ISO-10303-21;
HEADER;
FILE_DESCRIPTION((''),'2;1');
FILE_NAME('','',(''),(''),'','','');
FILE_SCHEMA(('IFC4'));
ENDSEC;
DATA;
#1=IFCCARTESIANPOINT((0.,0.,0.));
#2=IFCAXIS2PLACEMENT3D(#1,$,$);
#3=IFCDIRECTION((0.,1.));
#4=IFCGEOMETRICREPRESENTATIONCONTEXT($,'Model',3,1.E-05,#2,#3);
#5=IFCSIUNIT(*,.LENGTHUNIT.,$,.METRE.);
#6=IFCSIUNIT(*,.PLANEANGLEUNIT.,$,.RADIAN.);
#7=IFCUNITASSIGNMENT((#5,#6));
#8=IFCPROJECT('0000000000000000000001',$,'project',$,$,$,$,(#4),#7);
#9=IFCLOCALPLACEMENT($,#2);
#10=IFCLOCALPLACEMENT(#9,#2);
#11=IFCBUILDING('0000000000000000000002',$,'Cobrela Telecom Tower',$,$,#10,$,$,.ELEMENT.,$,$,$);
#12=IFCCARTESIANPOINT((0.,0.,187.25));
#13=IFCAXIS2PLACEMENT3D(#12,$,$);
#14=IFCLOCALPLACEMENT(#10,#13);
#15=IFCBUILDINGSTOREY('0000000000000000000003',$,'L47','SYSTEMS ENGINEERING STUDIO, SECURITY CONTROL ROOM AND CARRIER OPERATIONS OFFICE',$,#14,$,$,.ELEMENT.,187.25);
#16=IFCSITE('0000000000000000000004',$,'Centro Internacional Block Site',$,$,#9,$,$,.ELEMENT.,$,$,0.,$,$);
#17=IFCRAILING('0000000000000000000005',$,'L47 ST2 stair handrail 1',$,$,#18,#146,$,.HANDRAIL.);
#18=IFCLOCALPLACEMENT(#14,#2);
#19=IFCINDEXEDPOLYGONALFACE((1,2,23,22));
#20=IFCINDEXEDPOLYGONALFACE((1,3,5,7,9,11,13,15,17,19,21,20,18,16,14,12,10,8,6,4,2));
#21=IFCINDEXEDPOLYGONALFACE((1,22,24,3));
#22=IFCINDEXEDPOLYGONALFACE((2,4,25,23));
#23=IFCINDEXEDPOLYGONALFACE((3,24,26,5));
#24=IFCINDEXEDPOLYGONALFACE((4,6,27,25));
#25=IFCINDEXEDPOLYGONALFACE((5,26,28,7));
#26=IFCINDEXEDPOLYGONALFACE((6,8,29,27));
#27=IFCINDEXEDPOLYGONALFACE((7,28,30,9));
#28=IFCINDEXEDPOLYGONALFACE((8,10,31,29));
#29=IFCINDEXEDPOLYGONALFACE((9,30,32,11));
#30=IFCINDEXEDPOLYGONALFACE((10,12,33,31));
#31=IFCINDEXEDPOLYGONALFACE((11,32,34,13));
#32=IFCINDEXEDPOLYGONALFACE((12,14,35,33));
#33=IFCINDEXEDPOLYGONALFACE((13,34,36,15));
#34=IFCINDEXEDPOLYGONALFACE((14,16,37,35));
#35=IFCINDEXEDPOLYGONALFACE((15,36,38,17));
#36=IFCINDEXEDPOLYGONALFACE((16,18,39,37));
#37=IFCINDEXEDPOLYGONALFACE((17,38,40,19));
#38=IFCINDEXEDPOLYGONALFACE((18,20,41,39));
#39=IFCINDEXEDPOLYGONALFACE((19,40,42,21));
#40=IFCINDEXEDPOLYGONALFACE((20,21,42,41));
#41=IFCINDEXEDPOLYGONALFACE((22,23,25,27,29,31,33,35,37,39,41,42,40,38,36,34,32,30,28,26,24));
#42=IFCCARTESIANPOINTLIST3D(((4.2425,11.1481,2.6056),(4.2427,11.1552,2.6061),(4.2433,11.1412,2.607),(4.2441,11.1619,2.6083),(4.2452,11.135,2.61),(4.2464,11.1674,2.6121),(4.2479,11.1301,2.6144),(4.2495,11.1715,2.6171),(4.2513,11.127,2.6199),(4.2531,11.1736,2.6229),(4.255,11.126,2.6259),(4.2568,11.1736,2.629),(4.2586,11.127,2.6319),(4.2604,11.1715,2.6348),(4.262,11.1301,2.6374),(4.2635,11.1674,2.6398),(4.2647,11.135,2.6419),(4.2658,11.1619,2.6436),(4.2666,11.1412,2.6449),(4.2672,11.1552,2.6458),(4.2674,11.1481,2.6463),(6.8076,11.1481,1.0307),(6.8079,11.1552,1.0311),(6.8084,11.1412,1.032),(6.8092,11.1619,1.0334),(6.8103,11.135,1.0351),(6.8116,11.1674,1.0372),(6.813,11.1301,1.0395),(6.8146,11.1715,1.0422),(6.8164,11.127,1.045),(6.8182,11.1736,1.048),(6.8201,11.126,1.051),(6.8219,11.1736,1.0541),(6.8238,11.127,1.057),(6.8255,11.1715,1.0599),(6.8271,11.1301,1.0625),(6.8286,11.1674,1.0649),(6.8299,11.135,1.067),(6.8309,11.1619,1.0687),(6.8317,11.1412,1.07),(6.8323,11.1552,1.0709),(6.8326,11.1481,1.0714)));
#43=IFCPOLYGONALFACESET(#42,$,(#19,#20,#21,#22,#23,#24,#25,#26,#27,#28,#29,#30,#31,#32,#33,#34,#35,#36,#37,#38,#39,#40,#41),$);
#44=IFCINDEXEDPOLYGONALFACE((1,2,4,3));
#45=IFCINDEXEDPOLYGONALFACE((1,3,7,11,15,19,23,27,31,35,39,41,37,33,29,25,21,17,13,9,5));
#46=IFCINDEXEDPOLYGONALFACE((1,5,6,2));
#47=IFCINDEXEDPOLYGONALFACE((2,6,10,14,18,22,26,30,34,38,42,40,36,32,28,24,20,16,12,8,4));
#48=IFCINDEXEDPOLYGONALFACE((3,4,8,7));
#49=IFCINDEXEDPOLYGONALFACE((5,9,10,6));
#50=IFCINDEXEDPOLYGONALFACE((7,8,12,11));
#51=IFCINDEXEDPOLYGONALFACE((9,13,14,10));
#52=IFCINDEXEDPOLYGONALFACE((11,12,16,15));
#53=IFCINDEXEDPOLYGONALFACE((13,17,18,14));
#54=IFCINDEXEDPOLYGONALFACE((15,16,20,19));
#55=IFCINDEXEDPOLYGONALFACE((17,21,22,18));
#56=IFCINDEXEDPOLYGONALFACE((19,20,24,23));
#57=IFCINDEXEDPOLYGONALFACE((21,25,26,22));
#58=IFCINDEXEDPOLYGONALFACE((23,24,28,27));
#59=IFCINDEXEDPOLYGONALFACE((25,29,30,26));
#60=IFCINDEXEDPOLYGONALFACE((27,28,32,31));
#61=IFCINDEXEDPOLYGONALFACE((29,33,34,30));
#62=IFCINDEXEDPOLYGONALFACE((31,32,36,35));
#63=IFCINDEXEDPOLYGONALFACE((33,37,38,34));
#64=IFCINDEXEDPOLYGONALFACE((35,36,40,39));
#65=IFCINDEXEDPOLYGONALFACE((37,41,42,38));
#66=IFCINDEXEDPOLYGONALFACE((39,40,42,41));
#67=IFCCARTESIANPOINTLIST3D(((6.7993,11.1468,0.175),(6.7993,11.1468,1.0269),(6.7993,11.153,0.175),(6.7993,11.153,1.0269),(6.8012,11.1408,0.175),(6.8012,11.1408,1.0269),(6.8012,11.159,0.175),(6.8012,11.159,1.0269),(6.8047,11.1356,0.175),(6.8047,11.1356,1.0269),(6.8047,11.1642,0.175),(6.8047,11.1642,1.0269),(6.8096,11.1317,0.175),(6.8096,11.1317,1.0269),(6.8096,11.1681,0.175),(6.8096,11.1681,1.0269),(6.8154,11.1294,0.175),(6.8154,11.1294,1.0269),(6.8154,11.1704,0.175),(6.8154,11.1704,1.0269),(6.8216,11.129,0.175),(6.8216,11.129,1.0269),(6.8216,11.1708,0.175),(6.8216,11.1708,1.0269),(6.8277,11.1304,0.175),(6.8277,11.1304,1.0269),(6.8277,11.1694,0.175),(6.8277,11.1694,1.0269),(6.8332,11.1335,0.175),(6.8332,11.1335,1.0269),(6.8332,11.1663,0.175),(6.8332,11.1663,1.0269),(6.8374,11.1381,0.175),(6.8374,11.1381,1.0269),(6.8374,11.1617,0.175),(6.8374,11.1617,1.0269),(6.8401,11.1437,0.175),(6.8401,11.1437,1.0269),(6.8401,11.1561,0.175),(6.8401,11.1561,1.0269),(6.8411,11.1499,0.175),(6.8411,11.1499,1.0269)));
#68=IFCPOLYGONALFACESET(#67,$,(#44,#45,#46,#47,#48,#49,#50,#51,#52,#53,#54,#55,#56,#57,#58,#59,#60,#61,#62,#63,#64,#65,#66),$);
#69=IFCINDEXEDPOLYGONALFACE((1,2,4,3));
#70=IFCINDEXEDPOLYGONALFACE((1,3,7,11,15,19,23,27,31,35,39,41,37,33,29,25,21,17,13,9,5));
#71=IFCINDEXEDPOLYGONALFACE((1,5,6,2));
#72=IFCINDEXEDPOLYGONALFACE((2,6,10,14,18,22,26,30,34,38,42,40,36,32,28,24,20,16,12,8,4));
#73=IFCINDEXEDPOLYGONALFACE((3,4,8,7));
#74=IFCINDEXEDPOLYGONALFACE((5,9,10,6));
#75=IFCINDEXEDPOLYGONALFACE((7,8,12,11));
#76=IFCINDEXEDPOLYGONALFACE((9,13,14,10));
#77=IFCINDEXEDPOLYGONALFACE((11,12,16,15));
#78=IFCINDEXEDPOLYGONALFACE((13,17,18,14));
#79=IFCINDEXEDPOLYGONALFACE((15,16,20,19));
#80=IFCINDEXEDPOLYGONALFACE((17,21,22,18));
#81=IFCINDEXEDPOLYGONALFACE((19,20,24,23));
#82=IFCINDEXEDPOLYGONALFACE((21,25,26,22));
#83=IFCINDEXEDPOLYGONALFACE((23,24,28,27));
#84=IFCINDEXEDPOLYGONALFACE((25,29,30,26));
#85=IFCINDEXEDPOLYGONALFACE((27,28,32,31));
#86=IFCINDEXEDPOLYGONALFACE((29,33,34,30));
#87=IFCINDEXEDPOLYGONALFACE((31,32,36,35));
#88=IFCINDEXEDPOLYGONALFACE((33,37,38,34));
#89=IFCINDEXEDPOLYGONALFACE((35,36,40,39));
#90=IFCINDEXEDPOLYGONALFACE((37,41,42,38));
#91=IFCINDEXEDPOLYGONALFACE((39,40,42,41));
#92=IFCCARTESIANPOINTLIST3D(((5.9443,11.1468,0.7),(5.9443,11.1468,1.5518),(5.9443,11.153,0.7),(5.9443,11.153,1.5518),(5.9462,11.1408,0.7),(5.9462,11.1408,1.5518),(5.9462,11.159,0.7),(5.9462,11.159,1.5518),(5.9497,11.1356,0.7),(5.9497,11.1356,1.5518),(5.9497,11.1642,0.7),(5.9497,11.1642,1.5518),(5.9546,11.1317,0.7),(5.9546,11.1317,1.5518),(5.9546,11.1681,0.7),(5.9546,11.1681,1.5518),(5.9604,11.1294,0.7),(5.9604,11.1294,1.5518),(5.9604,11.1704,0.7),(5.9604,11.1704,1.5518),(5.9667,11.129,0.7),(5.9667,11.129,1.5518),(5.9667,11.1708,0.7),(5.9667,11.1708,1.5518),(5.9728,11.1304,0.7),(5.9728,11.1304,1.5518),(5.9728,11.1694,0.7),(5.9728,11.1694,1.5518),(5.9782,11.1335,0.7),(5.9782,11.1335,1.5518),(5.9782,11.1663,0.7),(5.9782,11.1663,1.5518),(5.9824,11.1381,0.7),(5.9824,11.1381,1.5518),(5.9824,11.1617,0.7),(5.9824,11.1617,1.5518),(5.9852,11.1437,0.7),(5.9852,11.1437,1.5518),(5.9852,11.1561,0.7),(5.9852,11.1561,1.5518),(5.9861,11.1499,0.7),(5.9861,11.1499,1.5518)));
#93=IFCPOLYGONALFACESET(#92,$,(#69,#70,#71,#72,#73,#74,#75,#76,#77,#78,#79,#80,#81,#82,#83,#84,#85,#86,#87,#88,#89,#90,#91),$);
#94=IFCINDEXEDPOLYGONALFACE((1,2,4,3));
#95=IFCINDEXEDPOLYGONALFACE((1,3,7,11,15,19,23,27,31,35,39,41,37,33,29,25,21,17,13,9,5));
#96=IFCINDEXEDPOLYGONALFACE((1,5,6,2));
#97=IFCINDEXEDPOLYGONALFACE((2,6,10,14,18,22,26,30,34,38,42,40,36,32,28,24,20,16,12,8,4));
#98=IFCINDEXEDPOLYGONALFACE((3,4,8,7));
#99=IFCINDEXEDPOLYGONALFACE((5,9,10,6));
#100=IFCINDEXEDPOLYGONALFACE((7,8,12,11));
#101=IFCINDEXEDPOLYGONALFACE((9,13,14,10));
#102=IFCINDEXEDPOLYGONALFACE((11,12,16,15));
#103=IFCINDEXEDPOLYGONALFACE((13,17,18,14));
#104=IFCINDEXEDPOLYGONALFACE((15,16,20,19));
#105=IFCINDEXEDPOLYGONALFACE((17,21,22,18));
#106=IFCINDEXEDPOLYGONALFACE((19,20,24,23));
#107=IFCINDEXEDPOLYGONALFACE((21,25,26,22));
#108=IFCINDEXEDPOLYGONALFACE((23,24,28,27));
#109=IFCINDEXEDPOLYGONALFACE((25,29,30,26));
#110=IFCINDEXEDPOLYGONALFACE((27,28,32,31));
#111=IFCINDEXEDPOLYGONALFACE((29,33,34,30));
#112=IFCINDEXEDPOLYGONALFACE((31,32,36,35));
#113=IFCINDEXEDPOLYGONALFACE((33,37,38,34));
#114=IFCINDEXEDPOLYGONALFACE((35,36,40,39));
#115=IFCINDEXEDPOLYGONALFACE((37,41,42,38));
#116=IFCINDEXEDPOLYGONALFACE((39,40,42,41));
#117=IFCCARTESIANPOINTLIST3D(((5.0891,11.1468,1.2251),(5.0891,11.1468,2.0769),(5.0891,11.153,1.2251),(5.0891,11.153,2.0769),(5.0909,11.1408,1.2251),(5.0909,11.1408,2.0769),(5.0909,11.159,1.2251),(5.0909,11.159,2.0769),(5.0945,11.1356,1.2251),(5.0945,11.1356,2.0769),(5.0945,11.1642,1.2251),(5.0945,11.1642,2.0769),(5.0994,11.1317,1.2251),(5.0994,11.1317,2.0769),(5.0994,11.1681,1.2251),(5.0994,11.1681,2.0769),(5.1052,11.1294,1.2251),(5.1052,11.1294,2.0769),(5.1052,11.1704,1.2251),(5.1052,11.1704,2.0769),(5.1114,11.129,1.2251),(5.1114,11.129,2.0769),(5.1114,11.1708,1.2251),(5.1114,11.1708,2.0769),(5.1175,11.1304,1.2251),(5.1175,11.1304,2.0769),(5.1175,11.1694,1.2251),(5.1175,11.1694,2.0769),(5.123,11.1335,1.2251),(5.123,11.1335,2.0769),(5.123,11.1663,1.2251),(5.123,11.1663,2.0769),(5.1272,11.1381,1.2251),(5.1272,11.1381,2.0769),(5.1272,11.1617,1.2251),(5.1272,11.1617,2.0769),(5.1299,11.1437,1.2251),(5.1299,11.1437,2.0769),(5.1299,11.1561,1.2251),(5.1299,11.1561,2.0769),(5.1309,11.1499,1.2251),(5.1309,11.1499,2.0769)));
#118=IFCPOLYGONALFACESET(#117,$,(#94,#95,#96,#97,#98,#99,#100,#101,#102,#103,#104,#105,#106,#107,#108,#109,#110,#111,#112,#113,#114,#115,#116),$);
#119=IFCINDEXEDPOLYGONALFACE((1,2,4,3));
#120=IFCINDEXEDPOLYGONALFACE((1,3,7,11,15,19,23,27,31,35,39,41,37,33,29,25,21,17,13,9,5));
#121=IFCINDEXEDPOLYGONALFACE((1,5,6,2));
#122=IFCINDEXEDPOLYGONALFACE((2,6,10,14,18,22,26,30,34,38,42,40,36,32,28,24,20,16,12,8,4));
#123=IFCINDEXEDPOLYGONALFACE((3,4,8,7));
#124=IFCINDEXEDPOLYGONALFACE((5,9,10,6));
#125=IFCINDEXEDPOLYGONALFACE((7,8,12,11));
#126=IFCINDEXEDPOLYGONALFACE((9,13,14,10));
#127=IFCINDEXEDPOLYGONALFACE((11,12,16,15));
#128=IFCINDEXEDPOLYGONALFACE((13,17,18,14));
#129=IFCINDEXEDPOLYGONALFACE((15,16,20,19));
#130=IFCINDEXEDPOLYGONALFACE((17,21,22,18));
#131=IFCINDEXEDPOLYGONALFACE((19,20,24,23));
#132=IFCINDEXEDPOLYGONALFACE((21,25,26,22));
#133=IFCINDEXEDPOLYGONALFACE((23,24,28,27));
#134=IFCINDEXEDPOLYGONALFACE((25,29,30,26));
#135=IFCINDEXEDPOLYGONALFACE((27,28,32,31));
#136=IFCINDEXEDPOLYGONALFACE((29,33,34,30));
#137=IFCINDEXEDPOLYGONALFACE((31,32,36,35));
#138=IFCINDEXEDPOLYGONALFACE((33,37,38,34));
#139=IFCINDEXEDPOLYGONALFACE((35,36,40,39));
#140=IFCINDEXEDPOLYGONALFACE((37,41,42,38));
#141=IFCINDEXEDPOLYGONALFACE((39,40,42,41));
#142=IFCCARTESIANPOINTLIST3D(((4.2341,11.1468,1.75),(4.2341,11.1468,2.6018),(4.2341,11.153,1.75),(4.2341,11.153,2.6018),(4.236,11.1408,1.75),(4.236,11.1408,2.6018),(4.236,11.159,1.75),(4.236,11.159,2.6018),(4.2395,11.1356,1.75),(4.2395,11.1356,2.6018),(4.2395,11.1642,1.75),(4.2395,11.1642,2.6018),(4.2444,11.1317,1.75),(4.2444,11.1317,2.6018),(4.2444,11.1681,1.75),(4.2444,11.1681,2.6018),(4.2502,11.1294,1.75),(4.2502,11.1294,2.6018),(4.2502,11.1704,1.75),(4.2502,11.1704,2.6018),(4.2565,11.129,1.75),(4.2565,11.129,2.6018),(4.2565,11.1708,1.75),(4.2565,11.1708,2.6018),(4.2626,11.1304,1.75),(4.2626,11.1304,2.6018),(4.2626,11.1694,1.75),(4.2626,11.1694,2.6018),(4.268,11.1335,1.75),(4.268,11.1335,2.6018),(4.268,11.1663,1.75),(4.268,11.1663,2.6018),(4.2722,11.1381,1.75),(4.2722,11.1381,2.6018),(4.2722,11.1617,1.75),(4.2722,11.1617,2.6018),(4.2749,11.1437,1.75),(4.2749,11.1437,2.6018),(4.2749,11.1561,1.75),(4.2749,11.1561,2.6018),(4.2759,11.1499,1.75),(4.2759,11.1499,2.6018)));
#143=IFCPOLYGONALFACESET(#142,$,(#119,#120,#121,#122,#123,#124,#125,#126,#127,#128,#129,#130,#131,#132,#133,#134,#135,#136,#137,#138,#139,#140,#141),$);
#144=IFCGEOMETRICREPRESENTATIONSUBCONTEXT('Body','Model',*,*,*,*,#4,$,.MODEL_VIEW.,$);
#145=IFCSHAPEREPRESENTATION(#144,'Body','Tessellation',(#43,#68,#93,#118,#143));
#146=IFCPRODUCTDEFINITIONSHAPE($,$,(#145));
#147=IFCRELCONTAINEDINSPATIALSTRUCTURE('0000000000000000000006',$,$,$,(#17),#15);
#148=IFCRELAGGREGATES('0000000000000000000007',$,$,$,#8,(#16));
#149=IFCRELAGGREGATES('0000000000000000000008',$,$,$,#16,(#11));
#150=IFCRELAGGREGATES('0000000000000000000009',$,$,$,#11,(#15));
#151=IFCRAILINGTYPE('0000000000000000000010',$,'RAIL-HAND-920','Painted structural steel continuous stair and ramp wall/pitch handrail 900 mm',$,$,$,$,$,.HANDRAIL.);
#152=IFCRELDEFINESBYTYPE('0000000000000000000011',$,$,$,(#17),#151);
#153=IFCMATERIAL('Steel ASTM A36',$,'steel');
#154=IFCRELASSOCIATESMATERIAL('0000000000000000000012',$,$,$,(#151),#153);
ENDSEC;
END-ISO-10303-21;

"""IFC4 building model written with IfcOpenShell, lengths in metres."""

from ifc_helpers import new_model, si_unit, direction, frame, origin, origin_2d, place, context, subcontext, project, spatial, circle, extrude, material, type_object, element, save


model = new_model("IFC4")

# Units and contexts
model_context = context("Model", 3, precision=1e-05, world=origin(), true_north=direction((0.0, 1.0)))
body_context = subcontext(model_context, "Body", "Model", "MODEL_VIEW")
ifc_project = project(units=[si_unit("LENGTHUNIT", "METRE"), si_unit("PLANEANGLEUNIT", "RADIAN")], contexts=[model_context])

# Site, building, storey
site_placement = place(None, origin())
site = spatial("IfcSite", under=ifc_project, at=site_placement, Name="Centro Internacional Block Site", CompositionType="ELEMENT", RefElevation=0.0)
building_placement = place(site_placement, origin())
building = spatial("IfcBuilding", under=site, at=building_placement, Name="Cobrela Telecom Tower", CompositionType="ELEMENT")
storey_placement = place(building_placement, frame((0.0, 0.0, 187.25)))
storey = spatial("IfcBuildingStorey", under=building, at=storey_placement, Name="L47", Description="SYSTEMS ENGINEERING STUDIO, SECURITY CONTROL ROOM AND CARRIER OPERATIONS OFFICE", CompositionType="ELEMENT", Elevation=187.25)

# Railing
ifc_material_1 = material(Name="Steel ASTM A36", Category="steel")
railing_type_1 = type_object("IfcRailingType", Name="RAIL-HAND-920", Description="Painted structural steel continuous stair and ramp wall/pitch handrail 900 mm", PredefinedType="HANDRAIL", material=ifc_material_1)
railing_1_placement = place(storey_placement, frame((6.8201, 11.1499, 0.175)))
element("IfcRailing", 1, at=railing_1_placement, inside=storey, type_object=railing_type_1, Name="L47 ST2 stair handrail 1", PredefinedType="HANDRAIL", context=body_context, shape_type="SweptSolid", body=[
    extrude(circle(Radius=0.0239, at=origin_2d()), frame((0.0, 0.0, 0.876), z_axis=(-0.852195, 0.0, 0.523224), x_axis=(0.0, -1.0, 0.0)), (0.0, 0.0, 1.0), 3.01),
    extrude(circle(Radius=0.021, at=origin_2d()), origin(), (0.0, 0.0, 1.0), 0.8518),
    extrude(circle(Radius=0.021, at=origin_2d()), frame((-0.855, 0.0, 0.5249)), (0.0, 0.0, 1.0), 0.8518),
    extrude(circle(Radius=0.021, at=origin_2d()), frame((-1.7102, 0.0, 1.05)), (0.0, 0.0, 1.0), 0.8518),
    extrude(circle(Radius=0.021, at=origin_2d()), frame((-2.5652, 0.0, 1.575)), (0.0, 0.0, 1.0), 0.8518),
])

save(model, "model.ifc")
